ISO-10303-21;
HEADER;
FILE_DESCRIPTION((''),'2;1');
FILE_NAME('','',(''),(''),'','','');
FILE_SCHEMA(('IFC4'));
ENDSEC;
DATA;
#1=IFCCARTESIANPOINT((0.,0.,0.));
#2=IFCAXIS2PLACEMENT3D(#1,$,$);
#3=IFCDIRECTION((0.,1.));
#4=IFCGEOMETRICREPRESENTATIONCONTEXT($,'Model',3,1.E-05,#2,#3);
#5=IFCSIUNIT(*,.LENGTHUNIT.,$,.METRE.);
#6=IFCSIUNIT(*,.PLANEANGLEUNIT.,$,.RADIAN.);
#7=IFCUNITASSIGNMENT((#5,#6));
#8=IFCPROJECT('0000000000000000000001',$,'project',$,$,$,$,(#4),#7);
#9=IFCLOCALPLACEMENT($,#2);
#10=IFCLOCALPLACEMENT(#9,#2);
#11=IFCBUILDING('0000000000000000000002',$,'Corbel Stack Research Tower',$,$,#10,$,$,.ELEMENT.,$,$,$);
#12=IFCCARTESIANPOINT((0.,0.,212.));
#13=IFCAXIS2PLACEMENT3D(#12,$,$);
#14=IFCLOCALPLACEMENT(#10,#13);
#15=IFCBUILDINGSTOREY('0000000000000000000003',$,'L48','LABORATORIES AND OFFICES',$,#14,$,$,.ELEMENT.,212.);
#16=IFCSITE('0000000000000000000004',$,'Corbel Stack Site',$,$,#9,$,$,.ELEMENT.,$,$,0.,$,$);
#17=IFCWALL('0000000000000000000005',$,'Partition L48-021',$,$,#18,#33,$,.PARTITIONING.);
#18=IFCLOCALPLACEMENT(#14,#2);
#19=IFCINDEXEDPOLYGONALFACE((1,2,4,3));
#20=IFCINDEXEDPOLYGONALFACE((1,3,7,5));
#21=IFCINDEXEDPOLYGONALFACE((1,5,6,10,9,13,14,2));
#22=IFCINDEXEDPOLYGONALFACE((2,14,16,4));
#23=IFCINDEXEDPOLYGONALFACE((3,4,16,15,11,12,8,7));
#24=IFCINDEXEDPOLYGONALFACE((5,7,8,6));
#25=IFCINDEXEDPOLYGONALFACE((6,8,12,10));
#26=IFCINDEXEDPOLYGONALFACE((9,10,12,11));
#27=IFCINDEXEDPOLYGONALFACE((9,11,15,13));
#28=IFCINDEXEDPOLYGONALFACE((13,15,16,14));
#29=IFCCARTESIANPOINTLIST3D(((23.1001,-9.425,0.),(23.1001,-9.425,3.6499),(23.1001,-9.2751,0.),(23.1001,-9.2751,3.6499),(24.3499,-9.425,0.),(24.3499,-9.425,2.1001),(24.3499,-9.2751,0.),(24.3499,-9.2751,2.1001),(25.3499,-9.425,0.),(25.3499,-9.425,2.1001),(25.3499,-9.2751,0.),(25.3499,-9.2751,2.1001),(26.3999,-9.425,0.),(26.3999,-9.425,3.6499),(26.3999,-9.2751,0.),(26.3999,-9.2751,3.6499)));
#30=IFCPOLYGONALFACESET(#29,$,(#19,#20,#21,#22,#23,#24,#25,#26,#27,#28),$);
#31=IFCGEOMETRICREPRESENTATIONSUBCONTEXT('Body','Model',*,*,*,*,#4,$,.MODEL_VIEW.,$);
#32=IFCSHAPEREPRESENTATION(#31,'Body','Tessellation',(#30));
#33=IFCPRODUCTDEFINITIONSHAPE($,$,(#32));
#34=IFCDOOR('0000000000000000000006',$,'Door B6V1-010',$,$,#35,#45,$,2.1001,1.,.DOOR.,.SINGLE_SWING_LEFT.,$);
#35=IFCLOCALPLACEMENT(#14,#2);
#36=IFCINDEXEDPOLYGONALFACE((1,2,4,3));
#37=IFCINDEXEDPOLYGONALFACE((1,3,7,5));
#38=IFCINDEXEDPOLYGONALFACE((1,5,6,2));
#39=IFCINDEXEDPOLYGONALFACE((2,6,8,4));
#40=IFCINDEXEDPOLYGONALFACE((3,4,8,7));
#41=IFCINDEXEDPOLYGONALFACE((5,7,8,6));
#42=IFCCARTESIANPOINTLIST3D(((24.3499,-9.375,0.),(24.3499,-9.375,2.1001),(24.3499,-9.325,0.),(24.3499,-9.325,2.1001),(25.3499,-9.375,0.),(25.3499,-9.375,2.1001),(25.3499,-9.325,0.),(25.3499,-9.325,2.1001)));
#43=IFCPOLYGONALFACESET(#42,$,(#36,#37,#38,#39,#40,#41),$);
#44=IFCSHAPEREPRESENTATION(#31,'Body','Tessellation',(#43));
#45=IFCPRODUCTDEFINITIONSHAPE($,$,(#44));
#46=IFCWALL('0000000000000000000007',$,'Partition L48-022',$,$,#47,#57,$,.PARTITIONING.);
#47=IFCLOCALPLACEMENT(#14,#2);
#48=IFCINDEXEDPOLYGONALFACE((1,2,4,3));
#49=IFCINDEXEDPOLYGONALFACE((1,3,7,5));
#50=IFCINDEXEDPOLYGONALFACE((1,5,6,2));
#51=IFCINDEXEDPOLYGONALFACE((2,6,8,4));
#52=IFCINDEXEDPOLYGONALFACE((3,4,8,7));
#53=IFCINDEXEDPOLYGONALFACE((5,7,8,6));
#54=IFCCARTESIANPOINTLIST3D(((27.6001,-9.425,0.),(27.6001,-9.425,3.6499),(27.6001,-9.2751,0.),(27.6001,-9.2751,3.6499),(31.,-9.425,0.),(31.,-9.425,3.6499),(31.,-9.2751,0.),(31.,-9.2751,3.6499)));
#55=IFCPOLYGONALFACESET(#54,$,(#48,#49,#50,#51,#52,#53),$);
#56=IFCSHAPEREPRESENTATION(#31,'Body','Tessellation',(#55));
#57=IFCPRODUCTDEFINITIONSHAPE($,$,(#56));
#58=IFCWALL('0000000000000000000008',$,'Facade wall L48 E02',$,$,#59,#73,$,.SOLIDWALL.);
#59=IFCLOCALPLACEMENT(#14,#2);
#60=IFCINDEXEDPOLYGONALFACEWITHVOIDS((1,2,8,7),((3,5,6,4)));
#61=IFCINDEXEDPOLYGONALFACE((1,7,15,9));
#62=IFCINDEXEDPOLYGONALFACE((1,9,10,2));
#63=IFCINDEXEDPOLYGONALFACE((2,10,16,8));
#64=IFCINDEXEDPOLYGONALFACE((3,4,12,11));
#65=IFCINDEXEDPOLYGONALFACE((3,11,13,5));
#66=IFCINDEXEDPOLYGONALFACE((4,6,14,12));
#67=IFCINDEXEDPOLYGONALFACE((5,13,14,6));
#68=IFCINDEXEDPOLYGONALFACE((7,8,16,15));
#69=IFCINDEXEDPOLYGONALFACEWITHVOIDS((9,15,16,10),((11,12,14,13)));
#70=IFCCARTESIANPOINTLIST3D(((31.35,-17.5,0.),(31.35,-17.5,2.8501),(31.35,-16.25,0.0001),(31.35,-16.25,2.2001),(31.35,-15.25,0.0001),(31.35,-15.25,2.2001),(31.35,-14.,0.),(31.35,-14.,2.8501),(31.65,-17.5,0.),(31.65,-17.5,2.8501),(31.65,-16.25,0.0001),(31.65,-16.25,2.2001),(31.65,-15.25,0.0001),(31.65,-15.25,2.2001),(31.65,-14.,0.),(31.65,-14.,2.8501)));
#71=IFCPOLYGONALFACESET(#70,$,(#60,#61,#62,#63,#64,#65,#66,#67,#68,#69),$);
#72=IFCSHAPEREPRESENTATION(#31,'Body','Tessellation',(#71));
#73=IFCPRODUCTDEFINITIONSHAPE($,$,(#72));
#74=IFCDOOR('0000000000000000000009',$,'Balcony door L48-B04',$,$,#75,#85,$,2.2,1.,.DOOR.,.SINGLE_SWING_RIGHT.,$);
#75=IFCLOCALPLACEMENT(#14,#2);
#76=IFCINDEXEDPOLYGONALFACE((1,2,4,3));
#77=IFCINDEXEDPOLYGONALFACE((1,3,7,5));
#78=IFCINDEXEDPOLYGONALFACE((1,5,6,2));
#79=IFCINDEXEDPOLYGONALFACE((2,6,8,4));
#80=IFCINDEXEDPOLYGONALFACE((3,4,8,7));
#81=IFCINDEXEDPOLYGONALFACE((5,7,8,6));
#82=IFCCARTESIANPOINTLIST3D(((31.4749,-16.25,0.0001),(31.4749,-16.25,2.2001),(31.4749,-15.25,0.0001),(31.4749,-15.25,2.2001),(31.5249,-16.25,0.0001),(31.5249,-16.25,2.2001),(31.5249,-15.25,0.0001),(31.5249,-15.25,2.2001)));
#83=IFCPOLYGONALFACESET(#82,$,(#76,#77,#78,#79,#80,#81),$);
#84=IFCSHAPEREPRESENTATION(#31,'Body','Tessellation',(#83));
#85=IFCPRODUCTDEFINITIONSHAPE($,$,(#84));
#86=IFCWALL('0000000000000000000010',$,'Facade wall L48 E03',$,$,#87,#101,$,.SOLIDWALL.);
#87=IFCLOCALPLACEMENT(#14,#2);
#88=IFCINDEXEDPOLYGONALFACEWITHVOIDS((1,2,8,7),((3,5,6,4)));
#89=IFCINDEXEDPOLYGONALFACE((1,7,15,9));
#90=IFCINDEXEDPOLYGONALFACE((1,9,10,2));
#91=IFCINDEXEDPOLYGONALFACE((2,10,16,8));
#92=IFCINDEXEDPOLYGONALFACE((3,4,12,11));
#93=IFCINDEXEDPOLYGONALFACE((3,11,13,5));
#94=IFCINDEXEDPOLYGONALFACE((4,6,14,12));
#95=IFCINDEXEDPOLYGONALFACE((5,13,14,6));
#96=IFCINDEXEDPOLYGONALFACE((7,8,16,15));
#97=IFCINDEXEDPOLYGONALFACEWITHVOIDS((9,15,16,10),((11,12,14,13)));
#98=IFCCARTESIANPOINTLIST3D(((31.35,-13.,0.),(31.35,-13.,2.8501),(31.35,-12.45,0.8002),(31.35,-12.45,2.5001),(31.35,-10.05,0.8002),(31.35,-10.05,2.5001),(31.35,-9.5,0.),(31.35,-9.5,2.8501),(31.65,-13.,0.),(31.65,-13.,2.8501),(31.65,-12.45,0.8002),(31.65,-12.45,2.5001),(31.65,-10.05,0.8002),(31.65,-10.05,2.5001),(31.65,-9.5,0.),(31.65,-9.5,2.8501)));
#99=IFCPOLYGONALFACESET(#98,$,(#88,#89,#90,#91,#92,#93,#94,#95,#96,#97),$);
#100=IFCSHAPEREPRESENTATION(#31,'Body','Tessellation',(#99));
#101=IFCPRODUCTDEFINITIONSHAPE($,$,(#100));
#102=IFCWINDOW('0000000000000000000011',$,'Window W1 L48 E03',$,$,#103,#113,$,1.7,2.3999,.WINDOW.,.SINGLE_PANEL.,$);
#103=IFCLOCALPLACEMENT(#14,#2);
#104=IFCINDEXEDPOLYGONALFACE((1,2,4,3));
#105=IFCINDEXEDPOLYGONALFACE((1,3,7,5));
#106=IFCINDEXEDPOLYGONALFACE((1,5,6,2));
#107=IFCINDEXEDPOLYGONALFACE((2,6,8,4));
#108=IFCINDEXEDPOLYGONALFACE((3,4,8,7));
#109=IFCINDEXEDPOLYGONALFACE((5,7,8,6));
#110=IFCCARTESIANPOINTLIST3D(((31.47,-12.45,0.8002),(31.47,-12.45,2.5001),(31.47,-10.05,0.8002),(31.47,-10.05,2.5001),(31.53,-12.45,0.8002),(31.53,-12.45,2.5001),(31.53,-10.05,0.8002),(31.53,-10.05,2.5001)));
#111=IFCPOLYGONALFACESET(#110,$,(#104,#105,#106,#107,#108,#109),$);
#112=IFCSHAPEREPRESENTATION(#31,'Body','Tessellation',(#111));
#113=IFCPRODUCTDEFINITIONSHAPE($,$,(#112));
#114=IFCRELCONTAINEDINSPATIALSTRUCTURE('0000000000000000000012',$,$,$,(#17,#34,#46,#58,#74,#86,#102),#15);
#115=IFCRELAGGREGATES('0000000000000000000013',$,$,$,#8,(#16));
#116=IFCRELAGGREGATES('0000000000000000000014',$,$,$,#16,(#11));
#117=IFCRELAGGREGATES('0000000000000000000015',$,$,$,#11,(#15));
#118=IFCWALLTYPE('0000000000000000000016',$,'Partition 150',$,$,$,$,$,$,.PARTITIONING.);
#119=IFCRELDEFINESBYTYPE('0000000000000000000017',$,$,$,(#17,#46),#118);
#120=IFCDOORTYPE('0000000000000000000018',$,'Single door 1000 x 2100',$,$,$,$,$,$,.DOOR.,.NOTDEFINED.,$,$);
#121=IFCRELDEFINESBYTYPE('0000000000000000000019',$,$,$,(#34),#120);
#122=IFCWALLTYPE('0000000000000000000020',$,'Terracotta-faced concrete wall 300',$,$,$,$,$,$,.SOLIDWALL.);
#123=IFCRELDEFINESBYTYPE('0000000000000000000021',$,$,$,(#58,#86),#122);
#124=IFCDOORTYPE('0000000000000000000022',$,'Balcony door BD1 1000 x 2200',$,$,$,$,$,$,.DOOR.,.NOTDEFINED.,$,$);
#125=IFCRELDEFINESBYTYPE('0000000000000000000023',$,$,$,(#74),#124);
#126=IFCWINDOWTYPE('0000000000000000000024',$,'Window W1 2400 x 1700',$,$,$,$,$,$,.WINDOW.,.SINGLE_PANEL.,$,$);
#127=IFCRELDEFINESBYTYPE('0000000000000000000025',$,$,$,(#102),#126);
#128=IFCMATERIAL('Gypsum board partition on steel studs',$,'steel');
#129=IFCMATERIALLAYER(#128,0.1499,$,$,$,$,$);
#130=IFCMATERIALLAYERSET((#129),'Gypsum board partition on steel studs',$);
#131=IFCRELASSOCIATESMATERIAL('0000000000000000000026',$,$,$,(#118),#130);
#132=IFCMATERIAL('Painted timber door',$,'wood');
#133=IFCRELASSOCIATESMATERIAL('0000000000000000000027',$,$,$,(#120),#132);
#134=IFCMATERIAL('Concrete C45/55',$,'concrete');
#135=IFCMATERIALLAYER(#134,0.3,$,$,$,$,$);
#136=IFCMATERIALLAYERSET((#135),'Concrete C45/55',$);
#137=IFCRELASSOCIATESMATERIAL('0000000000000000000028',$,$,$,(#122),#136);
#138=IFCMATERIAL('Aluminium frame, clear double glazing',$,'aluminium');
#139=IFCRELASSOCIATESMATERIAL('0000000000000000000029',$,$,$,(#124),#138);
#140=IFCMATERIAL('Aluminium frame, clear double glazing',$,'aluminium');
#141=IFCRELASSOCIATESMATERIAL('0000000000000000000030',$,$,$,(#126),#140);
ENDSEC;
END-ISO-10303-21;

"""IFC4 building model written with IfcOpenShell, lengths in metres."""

from ifc_helpers import new_model, si_unit, direction, frame, frame_2d, origin, place, context, subcontext, project, spatial, rectangle, extrude, material, layer, layer_set, type_object, element, fill, save


model = new_model("IFC4")

# Units and contexts
model_context = context("Model", 3, precision=1e-05, world=origin(), true_north=direction((0.0, 1.0)))
body_context = subcontext(model_context, "Body", "Model", "MODEL_VIEW")
ifc_project = project(units=[si_unit("LENGTHUNIT", "METRE"), si_unit("PLANEANGLEUNIT", "RADIAN")], contexts=[model_context])

# Site, building, storey
site_placement = place(None, origin())
site = spatial("IfcSite", under=ifc_project, at=site_placement, Name="Corbel Stack Site", CompositionType="ELEMENT", RefElevation=0.0)
building_placement = place(site_placement, origin())
building = spatial("IfcBuilding", under=site, at=building_placement, Name="Corbel Stack Research Tower", CompositionType="ELEMENT")
storey_placement = place(building_placement, frame((0.0, 0.0, 212.0)))
storey = spatial("IfcBuildingStorey", under=building, at=storey_placement, Name="L48", Description="LABORATORIES AND OFFICES", CompositionType="ELEMENT", Elevation=212.0)

# Shared definitions
ifc_material_1 = material(Name="Gypsum board partition on steel studs", Category="steel")
ifc_layer_1 = layer(ifc_material_1, 0.1499)
ifc_layer_set_1 = layer_set([ifc_layer_1], Name="Gypsum board partition on steel studs")
wall_type_1 = type_object("IfcWallType", Name="Partition 150", PredefinedType="PARTITIONING", material=ifc_layer_set_1)
ifc_material_2 = material(Name="Painted timber door", Category="wood")
door_type_1 = type_object("IfcDoorType", Name="Single door 1000 x 2100", OperationType="NOTDEFINED", PredefinedType="DOOR", material=ifc_material_2)

# Wall, opening, door
wall_1_placement = place(storey_placement, frame((26.3999, -9.3501, 0.0), z_axis=(0.0, 0.0, 1.0), x_axis=(-1.0, 0.0, 0.0)))
wall_1 = element("IfcWall", 1, at=wall_1_placement, inside=storey, type_object=wall_type_1, Name="Partition L48-021", PredefinedType="PARTITIONING", context=body_context, shape_type="SweptSolid", body=[
    extrude(rectangle(XDim=3.2998, YDim=0.1499, at=frame_2d((1.6499, 0.0))), origin(), (0.0, 0.0, 1.0), 3.6499),
])
opening_1_placement = place(wall_1_placement, frame((1.05, 0.0, 0.0)))
opening_1 = element("IfcOpeningElement", 2, at=opening_1_placement, cuts=wall_1, PredefinedType="OPENING", context=body_context, shape_type="SweptSolid", body=[
    extrude(rectangle(XDim=1.0, YDim=2.1001, at=frame_2d((0.5, 1.05))), frame((0.0, 0.085, 0.0), z_axis=(0.0, -1.0, 0.0), x_axis=(1.0, 0.0, 0.0)), (0.0, 0.0, 1.0), 0.1699),
])
door_1_placement = place(opening_1_placement, origin())
door_1 = element("IfcDoor", 3, at=door_1_placement, inside=storey, type_object=door_type_1, Name="Door B6V1-010", OperationType="SINGLE_SWING_LEFT", OverallHeight=2.1001, OverallWidth=1.0, PredefinedType="DOOR", context=body_context, shape_type="SweptSolid", body=[
    extrude(rectangle(XDim=1.0, YDim=2.1001, at=frame_2d((0.5, 1.05))), frame((0.0, 0.0249, 0.0), z_axis=(0.0, -1.0, 0.0), x_axis=(1.0, 0.0, 0.0)), (0.0, 0.0, 1.0), 0.05),
])
fill(opening_1, door_1)

# Wall
wall_2_placement = place(storey_placement, frame((27.6001, -9.3501, 0.0), z_axis=(0.0, 0.0, 1.0), x_axis=(1.0, 0.0, 0.0)))
element("IfcWall", 4, at=wall_2_placement, inside=storey, type_object=wall_type_1, Name="Partition L48-022", PredefinedType="PARTITIONING", context=body_context, shape_type="SweptSolid", body=[
    extrude(rectangle(XDim=3.3999, YDim=0.1499, at=frame_2d((1.7, 0.0))), origin(), (0.0, 0.0, 1.0), 3.6499),
])

# Wall, opening, door
ifc_material_3 = material(Name="Concrete C45/55", Category="concrete")
ifc_layer_2 = layer(ifc_material_3, 0.3)
ifc_layer_set_2 = layer_set([ifc_layer_2], Name="Concrete C45/55")
wall_type_2 = type_object("IfcWallType", Name="Terracotta-faced concrete wall 300", PredefinedType="SOLIDWALL", material=ifc_layer_set_2)
wall_3_placement = place(storey_placement, frame((31.5, -14.0, 0.0), z_axis=(0.0, 0.0, 1.0), x_axis=(0.0, -1.0, 0.0)))
wall_3 = element("IfcWall", 5, at=wall_3_placement, inside=storey, type_object=wall_type_2, Name="Facade wall L48 E02", PredefinedType="SOLIDWALL", context=body_context, shape_type="SweptSolid", body=[
    extrude(rectangle(XDim=3.5, YDim=0.3, at=frame_2d((1.75, 0.0))), origin(), (0.0, 0.0, 1.0), 2.8501),
])
opening_2_placement = place(wall_3_placement, frame((1.25, 0.0, 0.0)))
opening_2 = element("IfcOpeningElement", 6, at=opening_2_placement, cuts=wall_3, PredefinedType="OPENING", context=body_context, shape_type="SweptSolid", body=[
    extrude(rectangle(XDim=1.0, YDim=2.2, at=frame_2d((0.5, 1.1001))), frame((0.0, 0.1599, 0.0), z_axis=(0.0, -1.0, 0.0), x_axis=(1.0, 0.0, 0.0)), (0.0, 0.0, 1.0), 0.3201),
])
ifc_material_4 = material(Name="Aluminium frame, clear double glazing", Category="aluminium")
door_type_2 = type_object("IfcDoorType", Name="Balcony door BD1 1000 x 2200", OperationType="NOTDEFINED", PredefinedType="DOOR", material=ifc_material_4)
door_2_placement = place(opening_2_placement, origin())
door_2 = element("IfcDoor", 7, at=door_2_placement, inside=storey, type_object=door_type_2, Name="Balcony door L48-B04", OperationType="SINGLE_SWING_RIGHT", OverallHeight=2.2, OverallWidth=1.0, PredefinedType="DOOR", context=body_context, shape_type="SweptSolid", body=[
    extrude(rectangle(XDim=1.0, YDim=2.2, at=frame_2d((0.5, 1.1001))), frame((0.0, 0.0249, 0.0), z_axis=(0.0, -1.0, 0.0), x_axis=(1.0, 0.0, 0.0)), (0.0, 0.0, 1.0), 0.05),
])
fill(opening_2, door_2)

# Wall, opening, window
wall_4_placement = place(storey_placement, frame((31.5, -9.5, 0.0), z_axis=(0.0, 0.0, 1.0), x_axis=(0.0, -1.0, 0.0)))
wall_4 = element("IfcWall", 8, at=wall_4_placement, inside=storey, type_object=wall_type_2, Name="Facade wall L48 E03", PredefinedType="SOLIDWALL", context=body_context, shape_type="SweptSolid", body=[
    extrude(rectangle(XDim=3.5, YDim=0.3, at=frame_2d((1.75, 0.0))), origin(), (0.0, 0.0, 1.0), 2.8501),
])
opening_3_placement = place(wall_4_placement, frame((0.55, 0.0, 0.8)))
opening_3 = element("IfcOpeningElement", 9, at=opening_3_placement, cuts=wall_4, PredefinedType="OPENING", context=body_context, shape_type="SweptSolid", body=[
    extrude(rectangle(XDim=2.3999, YDim=1.7, at=frame_2d((1.2, 0.8501))), frame((0.0, 0.1599, 0.0), z_axis=(0.0, -1.0, 0.0), x_axis=(1.0, 0.0, 0.0)), (0.0, 0.0, 1.0), 0.3201),
])
ifc_material_5 = material(Name="Aluminium frame, clear double glazing", Category="aluminium")
window_type = type_object("IfcWindowType", Name="Window W1 2400 x 1700", PartitioningType="SINGLE_PANEL", PredefinedType="WINDOW", material=ifc_material_5)
window_placement = place(opening_3_placement, origin())
window = element("IfcWindow", 10, at=window_placement, inside=storey, type_object=window_type, Name="Window W1 L48 E03", OverallHeight=1.7, OverallWidth=2.3999, PartitioningType="SINGLE_PANEL", PredefinedType="WINDOW", context=body_context, shape_type="SweptSolid", body=[
    extrude(rectangle(XDim=2.3999, YDim=1.7, at=frame_2d((1.2, 0.8501))), frame((0.0, 0.03, 0.0), z_axis=(0.0, -1.0, 0.0), x_axis=(1.0, 0.0, 0.0)), (0.0, 0.0, 1.0), 0.0601),
])
fill(opening_3, window)

save(model, "model.ifc")
